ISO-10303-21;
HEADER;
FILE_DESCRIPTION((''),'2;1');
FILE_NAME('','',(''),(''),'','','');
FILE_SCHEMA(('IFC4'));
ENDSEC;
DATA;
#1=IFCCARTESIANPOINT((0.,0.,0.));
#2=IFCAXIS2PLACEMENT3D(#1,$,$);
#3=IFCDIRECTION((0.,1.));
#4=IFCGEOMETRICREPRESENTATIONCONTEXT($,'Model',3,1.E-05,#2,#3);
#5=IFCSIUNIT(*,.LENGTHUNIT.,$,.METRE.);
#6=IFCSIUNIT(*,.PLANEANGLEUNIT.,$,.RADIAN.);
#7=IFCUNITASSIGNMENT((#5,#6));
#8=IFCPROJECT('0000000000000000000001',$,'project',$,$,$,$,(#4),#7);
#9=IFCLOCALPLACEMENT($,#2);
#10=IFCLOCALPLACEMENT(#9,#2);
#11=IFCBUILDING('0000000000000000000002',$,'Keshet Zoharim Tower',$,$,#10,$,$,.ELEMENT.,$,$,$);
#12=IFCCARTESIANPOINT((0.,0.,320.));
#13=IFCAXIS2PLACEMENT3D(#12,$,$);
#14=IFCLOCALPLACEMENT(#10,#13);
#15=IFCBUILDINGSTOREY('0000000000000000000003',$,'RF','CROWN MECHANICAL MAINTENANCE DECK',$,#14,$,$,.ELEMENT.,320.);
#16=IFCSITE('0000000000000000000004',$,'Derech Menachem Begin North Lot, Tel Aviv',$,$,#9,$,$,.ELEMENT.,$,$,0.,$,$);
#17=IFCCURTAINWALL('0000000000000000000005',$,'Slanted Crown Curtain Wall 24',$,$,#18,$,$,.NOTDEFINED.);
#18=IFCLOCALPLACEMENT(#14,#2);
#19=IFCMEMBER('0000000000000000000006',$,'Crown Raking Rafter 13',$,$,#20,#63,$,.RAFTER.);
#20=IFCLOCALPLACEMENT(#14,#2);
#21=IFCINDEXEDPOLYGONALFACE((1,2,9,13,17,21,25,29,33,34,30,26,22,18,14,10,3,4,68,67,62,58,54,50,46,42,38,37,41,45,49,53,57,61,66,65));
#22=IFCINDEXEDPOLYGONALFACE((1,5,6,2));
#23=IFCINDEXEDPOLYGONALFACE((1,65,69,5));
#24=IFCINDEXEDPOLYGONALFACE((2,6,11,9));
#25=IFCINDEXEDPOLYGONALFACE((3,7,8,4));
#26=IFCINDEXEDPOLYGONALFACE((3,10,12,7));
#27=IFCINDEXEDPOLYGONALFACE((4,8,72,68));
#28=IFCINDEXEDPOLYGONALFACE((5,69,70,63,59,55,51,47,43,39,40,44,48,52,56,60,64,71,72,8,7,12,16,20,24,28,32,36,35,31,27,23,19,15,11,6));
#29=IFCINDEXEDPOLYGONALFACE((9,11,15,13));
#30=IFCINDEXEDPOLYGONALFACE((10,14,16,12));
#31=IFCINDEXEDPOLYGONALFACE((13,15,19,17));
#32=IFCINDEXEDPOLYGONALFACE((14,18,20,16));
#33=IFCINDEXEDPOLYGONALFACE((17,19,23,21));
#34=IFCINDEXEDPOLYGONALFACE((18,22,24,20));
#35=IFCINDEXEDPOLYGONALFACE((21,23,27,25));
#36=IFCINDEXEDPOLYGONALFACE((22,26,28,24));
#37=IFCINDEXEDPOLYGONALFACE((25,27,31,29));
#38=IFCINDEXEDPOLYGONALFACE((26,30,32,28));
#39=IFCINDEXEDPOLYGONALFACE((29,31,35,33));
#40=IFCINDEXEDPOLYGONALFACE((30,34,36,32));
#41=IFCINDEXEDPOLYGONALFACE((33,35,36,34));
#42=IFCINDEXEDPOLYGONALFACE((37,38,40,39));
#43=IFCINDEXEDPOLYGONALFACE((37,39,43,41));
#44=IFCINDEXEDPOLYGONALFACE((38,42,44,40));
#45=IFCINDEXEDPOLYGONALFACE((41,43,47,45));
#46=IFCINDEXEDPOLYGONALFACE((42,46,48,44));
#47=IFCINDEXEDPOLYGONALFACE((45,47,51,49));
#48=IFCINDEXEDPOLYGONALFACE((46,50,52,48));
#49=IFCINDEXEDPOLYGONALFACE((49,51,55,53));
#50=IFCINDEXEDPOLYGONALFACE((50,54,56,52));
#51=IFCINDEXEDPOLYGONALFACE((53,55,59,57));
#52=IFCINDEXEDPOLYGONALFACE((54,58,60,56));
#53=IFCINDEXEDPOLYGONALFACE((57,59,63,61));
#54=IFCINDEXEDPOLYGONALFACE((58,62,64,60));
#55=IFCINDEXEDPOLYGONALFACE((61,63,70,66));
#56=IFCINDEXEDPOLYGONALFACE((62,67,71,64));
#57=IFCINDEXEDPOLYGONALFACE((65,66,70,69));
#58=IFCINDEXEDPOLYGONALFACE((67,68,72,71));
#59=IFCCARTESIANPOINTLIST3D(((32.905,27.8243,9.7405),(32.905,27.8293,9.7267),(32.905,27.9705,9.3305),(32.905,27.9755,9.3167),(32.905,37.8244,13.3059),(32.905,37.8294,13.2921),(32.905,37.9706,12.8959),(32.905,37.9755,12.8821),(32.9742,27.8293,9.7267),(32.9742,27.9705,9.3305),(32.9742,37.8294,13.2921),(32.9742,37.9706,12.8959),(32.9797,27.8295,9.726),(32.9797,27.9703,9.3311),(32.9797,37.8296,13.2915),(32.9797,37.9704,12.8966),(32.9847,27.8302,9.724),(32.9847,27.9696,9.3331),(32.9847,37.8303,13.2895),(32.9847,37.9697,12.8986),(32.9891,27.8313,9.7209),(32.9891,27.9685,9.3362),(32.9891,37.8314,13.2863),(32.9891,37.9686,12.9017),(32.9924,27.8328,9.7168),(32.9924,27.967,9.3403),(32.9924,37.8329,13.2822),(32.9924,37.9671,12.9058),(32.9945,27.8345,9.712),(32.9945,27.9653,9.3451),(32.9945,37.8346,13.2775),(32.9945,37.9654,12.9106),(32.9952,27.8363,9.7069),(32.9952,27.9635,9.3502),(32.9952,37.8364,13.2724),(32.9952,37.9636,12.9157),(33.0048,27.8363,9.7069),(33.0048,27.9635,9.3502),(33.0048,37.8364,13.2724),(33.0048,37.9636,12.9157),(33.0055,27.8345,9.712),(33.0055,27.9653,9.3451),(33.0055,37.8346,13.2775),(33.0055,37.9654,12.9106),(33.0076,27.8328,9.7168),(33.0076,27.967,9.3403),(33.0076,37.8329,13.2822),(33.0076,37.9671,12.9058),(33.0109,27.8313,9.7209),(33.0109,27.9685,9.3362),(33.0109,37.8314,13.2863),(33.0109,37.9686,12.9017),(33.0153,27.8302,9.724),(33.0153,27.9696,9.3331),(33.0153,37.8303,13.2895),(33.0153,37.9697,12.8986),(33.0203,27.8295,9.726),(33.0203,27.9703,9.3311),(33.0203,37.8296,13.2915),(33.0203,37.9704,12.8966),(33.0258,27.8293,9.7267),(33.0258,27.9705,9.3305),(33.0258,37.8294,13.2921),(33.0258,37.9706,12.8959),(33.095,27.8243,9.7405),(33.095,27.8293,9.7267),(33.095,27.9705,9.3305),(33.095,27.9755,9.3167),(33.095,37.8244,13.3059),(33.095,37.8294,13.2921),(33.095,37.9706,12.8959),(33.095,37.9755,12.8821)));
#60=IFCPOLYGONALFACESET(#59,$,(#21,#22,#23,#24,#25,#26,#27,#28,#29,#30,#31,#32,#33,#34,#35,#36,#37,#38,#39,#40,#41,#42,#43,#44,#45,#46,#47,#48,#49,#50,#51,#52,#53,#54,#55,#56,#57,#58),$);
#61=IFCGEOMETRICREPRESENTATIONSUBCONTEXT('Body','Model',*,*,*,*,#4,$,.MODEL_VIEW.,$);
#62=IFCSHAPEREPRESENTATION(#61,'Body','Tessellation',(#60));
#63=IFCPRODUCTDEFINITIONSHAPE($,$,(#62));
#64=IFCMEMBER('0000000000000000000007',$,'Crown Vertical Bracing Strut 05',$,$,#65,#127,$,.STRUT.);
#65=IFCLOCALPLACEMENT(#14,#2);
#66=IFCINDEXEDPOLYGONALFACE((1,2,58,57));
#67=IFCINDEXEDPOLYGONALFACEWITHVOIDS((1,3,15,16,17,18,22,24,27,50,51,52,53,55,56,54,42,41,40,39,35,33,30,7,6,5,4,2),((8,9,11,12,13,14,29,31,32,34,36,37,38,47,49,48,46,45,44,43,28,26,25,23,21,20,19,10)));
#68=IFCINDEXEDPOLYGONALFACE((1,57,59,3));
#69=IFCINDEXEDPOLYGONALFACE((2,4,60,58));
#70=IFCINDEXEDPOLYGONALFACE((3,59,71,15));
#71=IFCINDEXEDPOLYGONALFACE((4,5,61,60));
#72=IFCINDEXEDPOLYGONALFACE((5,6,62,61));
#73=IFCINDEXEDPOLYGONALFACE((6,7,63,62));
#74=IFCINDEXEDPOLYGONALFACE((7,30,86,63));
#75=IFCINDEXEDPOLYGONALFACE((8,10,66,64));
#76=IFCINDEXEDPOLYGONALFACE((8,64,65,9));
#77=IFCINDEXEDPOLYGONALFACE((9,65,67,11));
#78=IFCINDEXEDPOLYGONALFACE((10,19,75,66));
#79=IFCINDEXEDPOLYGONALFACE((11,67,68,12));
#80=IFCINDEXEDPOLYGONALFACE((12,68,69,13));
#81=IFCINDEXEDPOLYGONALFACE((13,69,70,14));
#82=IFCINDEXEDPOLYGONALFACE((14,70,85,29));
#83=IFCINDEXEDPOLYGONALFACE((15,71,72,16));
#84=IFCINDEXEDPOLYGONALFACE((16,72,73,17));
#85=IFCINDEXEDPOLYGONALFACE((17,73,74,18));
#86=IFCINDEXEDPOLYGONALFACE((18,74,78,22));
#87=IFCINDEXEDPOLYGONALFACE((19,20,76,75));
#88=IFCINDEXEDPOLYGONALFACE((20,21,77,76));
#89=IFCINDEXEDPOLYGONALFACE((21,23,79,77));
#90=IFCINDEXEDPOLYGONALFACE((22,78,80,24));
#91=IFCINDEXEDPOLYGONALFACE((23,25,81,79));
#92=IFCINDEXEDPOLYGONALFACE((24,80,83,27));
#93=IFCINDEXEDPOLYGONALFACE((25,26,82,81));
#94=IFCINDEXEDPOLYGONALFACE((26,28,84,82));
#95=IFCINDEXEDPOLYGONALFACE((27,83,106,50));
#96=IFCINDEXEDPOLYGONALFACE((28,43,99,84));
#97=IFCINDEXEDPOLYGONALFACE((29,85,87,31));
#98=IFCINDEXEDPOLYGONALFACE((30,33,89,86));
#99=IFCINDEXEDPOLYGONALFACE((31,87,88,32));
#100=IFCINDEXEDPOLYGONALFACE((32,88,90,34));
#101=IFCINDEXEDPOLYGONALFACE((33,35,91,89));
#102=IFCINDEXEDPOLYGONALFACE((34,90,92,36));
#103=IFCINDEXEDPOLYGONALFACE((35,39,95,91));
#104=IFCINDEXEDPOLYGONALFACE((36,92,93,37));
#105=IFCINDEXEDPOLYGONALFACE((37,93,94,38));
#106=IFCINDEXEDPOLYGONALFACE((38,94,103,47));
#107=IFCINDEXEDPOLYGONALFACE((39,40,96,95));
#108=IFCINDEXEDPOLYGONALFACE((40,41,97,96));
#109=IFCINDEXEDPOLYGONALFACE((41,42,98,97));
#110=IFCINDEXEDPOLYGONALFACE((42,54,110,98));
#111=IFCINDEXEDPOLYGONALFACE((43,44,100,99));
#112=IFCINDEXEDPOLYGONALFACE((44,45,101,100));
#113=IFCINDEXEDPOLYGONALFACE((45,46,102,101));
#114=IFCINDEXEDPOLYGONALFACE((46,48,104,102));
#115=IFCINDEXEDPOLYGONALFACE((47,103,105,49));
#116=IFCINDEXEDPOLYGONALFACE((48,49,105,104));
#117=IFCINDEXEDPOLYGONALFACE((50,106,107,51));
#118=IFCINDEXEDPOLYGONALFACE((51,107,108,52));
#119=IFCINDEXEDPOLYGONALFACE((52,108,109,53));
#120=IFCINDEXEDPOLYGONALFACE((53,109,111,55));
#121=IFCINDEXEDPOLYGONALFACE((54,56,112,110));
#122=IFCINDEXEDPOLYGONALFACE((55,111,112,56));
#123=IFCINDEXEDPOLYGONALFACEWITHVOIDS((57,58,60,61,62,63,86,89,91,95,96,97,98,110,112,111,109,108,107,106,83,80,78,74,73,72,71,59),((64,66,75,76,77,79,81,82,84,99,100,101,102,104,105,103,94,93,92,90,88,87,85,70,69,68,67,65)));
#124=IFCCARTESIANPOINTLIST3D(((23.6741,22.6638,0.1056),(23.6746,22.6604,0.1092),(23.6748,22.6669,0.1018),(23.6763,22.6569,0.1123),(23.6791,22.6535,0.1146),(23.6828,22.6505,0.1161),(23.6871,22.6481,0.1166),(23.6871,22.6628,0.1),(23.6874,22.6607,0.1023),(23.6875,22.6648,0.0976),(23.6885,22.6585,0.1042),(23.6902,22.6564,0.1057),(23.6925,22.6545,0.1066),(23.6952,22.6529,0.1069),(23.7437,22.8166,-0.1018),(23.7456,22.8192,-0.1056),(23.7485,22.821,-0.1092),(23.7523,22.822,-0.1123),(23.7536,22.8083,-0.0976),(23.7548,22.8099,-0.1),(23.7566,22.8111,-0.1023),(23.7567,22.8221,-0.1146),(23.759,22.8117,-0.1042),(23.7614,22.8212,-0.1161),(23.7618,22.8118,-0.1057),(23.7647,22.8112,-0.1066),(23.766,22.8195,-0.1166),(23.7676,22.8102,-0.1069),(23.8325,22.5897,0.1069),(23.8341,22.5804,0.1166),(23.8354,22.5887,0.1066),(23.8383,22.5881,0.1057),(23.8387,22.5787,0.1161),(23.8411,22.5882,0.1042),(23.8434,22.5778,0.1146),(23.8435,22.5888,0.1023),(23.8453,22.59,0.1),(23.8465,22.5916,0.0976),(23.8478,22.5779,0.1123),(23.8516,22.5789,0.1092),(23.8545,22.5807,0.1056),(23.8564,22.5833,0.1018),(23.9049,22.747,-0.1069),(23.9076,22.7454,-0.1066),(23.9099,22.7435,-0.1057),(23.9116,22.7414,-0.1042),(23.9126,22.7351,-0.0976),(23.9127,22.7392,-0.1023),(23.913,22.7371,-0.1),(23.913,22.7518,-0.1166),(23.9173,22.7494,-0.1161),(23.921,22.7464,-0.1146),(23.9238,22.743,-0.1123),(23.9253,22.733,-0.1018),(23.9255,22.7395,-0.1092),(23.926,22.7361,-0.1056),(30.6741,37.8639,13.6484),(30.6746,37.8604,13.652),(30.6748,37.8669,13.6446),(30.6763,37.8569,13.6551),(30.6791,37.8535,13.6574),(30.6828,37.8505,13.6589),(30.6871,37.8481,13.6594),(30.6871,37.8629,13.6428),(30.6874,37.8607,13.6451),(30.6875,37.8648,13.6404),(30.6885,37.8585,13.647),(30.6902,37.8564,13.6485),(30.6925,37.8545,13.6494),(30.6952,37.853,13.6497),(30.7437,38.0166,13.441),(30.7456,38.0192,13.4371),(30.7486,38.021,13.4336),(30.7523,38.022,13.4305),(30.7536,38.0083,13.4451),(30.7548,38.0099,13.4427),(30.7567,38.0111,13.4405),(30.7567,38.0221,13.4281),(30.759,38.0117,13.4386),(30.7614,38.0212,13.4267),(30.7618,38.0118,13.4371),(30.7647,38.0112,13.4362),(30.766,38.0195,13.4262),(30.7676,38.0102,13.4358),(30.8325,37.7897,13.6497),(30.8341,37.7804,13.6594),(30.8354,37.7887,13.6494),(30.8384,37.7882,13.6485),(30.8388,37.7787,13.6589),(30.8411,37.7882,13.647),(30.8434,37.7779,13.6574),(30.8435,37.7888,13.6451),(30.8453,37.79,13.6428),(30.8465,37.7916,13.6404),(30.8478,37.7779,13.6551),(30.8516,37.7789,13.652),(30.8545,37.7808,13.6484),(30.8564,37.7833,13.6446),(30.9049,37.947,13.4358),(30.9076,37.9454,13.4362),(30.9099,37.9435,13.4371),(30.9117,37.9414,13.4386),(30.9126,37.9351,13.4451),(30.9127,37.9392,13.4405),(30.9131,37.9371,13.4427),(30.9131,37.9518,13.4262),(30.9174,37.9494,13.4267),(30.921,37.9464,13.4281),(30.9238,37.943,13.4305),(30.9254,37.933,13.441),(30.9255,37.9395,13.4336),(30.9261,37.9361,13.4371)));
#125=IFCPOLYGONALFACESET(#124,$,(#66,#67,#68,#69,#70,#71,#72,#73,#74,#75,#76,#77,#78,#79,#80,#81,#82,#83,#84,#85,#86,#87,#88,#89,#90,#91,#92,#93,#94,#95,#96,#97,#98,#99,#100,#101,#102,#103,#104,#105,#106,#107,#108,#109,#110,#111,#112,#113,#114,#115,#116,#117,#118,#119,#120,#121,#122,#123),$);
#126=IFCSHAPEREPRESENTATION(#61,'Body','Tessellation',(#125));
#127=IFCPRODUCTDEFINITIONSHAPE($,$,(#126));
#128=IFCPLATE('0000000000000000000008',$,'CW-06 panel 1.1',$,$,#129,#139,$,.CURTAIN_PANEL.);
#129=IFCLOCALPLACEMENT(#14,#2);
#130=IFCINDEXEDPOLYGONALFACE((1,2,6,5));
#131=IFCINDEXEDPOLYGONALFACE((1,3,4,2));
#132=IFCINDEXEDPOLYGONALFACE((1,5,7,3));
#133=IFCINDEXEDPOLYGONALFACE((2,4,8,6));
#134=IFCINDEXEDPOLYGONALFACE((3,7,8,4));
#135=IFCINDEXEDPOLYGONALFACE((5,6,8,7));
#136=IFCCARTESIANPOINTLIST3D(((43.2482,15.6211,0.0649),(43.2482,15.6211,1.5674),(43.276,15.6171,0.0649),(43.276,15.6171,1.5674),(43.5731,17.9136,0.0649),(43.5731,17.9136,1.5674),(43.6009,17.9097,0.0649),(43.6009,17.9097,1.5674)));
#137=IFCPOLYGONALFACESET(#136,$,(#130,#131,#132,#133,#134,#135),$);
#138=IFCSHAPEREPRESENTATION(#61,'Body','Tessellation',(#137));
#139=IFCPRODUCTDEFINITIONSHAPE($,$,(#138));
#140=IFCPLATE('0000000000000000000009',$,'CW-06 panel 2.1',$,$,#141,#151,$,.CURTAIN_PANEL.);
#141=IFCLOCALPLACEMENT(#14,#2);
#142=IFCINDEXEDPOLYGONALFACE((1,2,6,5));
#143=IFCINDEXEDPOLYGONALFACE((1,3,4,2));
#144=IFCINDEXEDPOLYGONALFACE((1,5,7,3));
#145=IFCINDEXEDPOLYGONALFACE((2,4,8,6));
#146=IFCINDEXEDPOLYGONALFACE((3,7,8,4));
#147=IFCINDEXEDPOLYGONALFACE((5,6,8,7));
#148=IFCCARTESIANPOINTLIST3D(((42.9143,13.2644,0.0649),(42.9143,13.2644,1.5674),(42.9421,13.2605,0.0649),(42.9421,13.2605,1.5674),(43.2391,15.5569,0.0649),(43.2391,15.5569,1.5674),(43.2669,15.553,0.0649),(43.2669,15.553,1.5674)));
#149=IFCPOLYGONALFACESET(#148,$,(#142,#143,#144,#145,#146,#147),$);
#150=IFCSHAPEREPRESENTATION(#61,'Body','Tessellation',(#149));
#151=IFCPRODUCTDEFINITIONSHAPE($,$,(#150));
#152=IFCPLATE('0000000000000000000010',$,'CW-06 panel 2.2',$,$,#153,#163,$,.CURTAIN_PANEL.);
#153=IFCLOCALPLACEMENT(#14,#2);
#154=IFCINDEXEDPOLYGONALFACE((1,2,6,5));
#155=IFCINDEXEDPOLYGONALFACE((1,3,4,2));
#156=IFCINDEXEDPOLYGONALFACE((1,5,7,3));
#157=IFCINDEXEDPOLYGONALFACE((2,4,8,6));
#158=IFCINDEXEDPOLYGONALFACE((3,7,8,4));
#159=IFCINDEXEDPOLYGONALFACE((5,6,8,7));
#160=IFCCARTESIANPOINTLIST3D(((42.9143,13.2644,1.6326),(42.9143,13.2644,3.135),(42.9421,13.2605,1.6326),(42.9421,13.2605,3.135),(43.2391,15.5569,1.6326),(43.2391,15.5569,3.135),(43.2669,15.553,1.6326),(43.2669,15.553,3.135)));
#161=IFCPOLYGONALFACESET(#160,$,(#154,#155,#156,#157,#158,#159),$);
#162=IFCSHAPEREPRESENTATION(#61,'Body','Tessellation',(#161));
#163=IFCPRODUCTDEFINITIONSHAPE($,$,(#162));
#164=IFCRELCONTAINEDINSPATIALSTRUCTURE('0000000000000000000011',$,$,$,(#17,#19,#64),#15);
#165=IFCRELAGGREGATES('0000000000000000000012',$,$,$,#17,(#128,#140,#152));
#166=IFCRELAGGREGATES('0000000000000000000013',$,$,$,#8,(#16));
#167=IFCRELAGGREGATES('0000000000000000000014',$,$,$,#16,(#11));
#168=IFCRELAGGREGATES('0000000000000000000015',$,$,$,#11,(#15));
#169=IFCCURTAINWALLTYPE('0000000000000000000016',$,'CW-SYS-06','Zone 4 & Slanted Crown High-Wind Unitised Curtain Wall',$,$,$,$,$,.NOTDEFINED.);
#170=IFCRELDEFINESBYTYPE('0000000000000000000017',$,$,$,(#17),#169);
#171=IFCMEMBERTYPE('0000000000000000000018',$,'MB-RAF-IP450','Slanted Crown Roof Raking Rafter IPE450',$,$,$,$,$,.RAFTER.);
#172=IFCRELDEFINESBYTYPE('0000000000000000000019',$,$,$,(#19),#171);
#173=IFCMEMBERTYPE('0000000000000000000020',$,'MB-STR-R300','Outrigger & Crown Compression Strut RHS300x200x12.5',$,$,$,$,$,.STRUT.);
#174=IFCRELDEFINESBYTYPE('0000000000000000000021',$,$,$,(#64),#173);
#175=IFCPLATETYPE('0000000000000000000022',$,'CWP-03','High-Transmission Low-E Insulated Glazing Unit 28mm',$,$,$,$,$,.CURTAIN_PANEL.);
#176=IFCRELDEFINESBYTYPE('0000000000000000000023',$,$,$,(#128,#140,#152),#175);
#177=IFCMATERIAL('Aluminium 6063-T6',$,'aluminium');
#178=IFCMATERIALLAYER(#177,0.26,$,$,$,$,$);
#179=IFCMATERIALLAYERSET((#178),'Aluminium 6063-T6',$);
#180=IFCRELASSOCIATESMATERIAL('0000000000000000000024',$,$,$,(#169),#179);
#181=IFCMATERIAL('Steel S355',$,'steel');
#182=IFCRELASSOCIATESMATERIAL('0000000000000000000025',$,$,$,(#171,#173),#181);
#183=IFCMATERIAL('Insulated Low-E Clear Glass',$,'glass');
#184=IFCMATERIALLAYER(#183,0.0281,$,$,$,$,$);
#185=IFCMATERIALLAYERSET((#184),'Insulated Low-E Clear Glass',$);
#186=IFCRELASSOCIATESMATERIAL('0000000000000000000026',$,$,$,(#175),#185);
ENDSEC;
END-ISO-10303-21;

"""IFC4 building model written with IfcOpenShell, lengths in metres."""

from ifc_helpers import new_model, si_unit, direction, frame, origin, origin_2d, place, context, subcontext, project, spatial, rectangle, hollow_rectangle, i_section, extrude, material, layer, layer_set, material_profile, profile_set, type_object, element, aggregate, save


model = new_model("IFC4")

# Units and contexts
model_context = context("Model", 3, precision=1e-05, world=origin(), true_north=direction((0.0, 1.0)))
body_context = subcontext(model_context, "Body", "Model", "MODEL_VIEW")
ifc_project = project(units=[si_unit("LENGTHUNIT", "METRE"), si_unit("PLANEANGLEUNIT", "RADIAN")], contexts=[model_context])

# Site, building, storey
site_placement = place(None, origin())
site = spatial("IfcSite", under=ifc_project, at=site_placement, Name="Derech Menachem Begin North Lot, Tel Aviv", CompositionType="ELEMENT", RefElevation=0.0)
building_placement = place(site_placement, origin())
building = spatial("IfcBuilding", under=site, at=building_placement, Name="Keshet Zoharim Tower", CompositionType="ELEMENT")
storey_placement = place(building_placement, frame((0.0, 0.0, 320.0)))
storey = spatial("IfcBuildingStorey", under=building, at=storey_placement, Name="RF", Description="CROWN MECHANICAL MAINTENANCE DECK", CompositionType="ELEMENT", Elevation=320.0)

# Shared definitions
ifc_material_1 = material(Name="Steel S355", Category="steel")

# Curtain wall
ifc_material_2 = material(Name="Aluminium 6063-T6", Category="aluminium")
ifc_layer_1 = layer(ifc_material_2, 0.26)
ifc_layer_set_1 = layer_set([ifc_layer_1], Name="Aluminium 6063-T6")
curtain_wall_type = type_object("IfcCurtainWallType", Name="CW-SYS-06", Description="Zone 4 & Slanted Crown High-Wind Unitised Curtain Wall", PredefinedType="NOTDEFINED", material=ifc_layer_set_1)
curtain_wall_1_placement = place(storey_placement, origin())
curtain_wall_1 = element("IfcCurtainWall", 1, at=curtain_wall_1_placement, inside=storey, type_object=curtain_wall_type, Name="Slanted Crown Curtain Wall 24", PredefinedType="NOTDEFINED")

# Members
ifc_material_profile_1 = material_profile(ifc_material_1, i_section(OverallWidth=0.1899, OverallDepth=0.45, WebThickness=0.0095, FlangeThickness=0.0146, FilletRadius=0.021, at=origin_2d()), Name="IPE450")
ifc_profile_set_1 = profile_set([ifc_material_profile_1], Name="Steel S355")
member_type_1 = type_object("IfcMemberType", Name="MB-RAF-IP450", Description="Slanted Crown Roof Raking Rafter IPE450", PredefinedType="RAFTER", material=ifc_profile_set_1)
member_1_placement = place(storey_placement, frame((33.0, 27.8999, 9.5286), z_axis=(0.0, 0.941921, 0.335835), x_axis=(-1.0, 0.0, 0.0)))
element("IfcMember", 2, at=member_1_placement, inside=storey, type_object=member_type_1, Name="Crown Raking Rafter 13", PredefinedType="RAFTER", context=body_context, shape_type="SweptSolid", body=[
    extrude(i_section(OverallWidth=0.1899, OverallDepth=0.45, WebThickness=0.0095, FlangeThickness=0.0146, FilletRadius=0.021, at=origin_2d()), origin(), (0.0, 0.0, 1.0), 10.6167),
])
ifc_material_profile_2 = material_profile(ifc_material_1, hollow_rectangle(XDim=0.2, YDim=0.3, WallThickness=0.0125, InnerFilletRadius=0.012, OuterFilletRadius=0.019, at=origin_2d()), Name="RHS300x200x12.5")
ifc_profile_set_2 = profile_set([ifc_material_profile_2], Name="Steel S355")
member_type_2 = type_object("IfcMemberType", Name="MB-STR-R300", Description="Outrigger & Crown Compression Strut RHS300x200x12.5", PredefinedType="STRUT", material=ifc_profile_set_2)
member_2_placement = place(storey_placement, frame((23.8, 22.7, 0.0), z_axis=(0.325162, 0.706063, 0.629082), x_axis=(-0.908308, 0.418301, 0.0)))
element("IfcMember", 3, at=member_2_placement, inside=storey, type_object=member_type_2, Name="Crown Vertical Bracing Strut 05", PredefinedType="STRUT", context=body_context, shape_type="SweptSolid", body=[
    extrude(hollow_rectangle(XDim=0.2, YDim=0.3, WallThickness=0.0125, InnerFilletRadius=0.012, OuterFilletRadius=0.019, at=origin_2d()), origin(), (0.0, 0.0, 1.0), 21.5278),
])

# Plates
ifc_material_3 = material(Name="Insulated Low-E Clear Glass", Category="glass")
ifc_layer_2 = layer(ifc_material_3, 0.0281)
ifc_layer_set_2 = layer_set([ifc_layer_2], Name="Insulated Low-E Clear Glass")
plate_type = type_object("IfcPlateType", Name="CWP-03", Description="High-Transmission Low-E Insulated Glazing Unit 28mm", PredefinedType="CURTAIN_PANEL", material=ifc_layer_set_2)
plate_1_placement = place(storey_placement, frame((43.4246, 16.7654, 0.0649), z_axis=(0.0, 0.0, 1.0), x_axis=(-0.14029, -0.99011, 0.0)))
plate_1 = element("IfcPlate", 4, at=plate_1_placement, type_object=plate_type, Name="CW-06 panel 1.1", PredefinedType="CURTAIN_PANEL", context=body_context, shape_type="SweptSolid", body=[
    extrude(rectangle(XDim=2.3154, YDim=0.0281, at=origin_2d()), origin(), (0.0, 0.0, 1.0), 1.5024),
])
plate_2_placement = place(storey_placement, frame((43.0906, 14.4087, 0.0649), z_axis=(0.0, 0.0, 1.0), x_axis=(-0.14029, -0.99011, 0.0)))
plate_2 = element("IfcPlate", 5, at=plate_2_placement, type_object=plate_type, Name="CW-06 panel 2.1", PredefinedType="CURTAIN_PANEL", context=body_context, shape_type="SweptSolid", body=[
    extrude(rectangle(XDim=2.3154, YDim=0.0281, at=origin_2d()), origin(), (0.0, 0.0, 1.0), 1.5024),
])
plate_3_placement = place(storey_placement, frame((43.0906, 14.4087, 1.6326), z_axis=(0.0, 0.0, 1.0), x_axis=(-0.14029, -0.99011, 0.0)))
plate_3 = element("IfcPlate", 6, at=plate_3_placement, type_object=plate_type, Name="CW-06 panel 2.2", PredefinedType="CURTAIN_PANEL", context=body_context, shape_type="SweptSolid", body=[
    extrude(rectangle(XDim=2.3154, YDim=0.0281, at=origin_2d()), origin(), (0.0, 0.0, 1.0), 1.5024),
])
aggregate(curtain_wall_1, [plate_1, plate_2, plate_3])

save(model, "model.ifc")
